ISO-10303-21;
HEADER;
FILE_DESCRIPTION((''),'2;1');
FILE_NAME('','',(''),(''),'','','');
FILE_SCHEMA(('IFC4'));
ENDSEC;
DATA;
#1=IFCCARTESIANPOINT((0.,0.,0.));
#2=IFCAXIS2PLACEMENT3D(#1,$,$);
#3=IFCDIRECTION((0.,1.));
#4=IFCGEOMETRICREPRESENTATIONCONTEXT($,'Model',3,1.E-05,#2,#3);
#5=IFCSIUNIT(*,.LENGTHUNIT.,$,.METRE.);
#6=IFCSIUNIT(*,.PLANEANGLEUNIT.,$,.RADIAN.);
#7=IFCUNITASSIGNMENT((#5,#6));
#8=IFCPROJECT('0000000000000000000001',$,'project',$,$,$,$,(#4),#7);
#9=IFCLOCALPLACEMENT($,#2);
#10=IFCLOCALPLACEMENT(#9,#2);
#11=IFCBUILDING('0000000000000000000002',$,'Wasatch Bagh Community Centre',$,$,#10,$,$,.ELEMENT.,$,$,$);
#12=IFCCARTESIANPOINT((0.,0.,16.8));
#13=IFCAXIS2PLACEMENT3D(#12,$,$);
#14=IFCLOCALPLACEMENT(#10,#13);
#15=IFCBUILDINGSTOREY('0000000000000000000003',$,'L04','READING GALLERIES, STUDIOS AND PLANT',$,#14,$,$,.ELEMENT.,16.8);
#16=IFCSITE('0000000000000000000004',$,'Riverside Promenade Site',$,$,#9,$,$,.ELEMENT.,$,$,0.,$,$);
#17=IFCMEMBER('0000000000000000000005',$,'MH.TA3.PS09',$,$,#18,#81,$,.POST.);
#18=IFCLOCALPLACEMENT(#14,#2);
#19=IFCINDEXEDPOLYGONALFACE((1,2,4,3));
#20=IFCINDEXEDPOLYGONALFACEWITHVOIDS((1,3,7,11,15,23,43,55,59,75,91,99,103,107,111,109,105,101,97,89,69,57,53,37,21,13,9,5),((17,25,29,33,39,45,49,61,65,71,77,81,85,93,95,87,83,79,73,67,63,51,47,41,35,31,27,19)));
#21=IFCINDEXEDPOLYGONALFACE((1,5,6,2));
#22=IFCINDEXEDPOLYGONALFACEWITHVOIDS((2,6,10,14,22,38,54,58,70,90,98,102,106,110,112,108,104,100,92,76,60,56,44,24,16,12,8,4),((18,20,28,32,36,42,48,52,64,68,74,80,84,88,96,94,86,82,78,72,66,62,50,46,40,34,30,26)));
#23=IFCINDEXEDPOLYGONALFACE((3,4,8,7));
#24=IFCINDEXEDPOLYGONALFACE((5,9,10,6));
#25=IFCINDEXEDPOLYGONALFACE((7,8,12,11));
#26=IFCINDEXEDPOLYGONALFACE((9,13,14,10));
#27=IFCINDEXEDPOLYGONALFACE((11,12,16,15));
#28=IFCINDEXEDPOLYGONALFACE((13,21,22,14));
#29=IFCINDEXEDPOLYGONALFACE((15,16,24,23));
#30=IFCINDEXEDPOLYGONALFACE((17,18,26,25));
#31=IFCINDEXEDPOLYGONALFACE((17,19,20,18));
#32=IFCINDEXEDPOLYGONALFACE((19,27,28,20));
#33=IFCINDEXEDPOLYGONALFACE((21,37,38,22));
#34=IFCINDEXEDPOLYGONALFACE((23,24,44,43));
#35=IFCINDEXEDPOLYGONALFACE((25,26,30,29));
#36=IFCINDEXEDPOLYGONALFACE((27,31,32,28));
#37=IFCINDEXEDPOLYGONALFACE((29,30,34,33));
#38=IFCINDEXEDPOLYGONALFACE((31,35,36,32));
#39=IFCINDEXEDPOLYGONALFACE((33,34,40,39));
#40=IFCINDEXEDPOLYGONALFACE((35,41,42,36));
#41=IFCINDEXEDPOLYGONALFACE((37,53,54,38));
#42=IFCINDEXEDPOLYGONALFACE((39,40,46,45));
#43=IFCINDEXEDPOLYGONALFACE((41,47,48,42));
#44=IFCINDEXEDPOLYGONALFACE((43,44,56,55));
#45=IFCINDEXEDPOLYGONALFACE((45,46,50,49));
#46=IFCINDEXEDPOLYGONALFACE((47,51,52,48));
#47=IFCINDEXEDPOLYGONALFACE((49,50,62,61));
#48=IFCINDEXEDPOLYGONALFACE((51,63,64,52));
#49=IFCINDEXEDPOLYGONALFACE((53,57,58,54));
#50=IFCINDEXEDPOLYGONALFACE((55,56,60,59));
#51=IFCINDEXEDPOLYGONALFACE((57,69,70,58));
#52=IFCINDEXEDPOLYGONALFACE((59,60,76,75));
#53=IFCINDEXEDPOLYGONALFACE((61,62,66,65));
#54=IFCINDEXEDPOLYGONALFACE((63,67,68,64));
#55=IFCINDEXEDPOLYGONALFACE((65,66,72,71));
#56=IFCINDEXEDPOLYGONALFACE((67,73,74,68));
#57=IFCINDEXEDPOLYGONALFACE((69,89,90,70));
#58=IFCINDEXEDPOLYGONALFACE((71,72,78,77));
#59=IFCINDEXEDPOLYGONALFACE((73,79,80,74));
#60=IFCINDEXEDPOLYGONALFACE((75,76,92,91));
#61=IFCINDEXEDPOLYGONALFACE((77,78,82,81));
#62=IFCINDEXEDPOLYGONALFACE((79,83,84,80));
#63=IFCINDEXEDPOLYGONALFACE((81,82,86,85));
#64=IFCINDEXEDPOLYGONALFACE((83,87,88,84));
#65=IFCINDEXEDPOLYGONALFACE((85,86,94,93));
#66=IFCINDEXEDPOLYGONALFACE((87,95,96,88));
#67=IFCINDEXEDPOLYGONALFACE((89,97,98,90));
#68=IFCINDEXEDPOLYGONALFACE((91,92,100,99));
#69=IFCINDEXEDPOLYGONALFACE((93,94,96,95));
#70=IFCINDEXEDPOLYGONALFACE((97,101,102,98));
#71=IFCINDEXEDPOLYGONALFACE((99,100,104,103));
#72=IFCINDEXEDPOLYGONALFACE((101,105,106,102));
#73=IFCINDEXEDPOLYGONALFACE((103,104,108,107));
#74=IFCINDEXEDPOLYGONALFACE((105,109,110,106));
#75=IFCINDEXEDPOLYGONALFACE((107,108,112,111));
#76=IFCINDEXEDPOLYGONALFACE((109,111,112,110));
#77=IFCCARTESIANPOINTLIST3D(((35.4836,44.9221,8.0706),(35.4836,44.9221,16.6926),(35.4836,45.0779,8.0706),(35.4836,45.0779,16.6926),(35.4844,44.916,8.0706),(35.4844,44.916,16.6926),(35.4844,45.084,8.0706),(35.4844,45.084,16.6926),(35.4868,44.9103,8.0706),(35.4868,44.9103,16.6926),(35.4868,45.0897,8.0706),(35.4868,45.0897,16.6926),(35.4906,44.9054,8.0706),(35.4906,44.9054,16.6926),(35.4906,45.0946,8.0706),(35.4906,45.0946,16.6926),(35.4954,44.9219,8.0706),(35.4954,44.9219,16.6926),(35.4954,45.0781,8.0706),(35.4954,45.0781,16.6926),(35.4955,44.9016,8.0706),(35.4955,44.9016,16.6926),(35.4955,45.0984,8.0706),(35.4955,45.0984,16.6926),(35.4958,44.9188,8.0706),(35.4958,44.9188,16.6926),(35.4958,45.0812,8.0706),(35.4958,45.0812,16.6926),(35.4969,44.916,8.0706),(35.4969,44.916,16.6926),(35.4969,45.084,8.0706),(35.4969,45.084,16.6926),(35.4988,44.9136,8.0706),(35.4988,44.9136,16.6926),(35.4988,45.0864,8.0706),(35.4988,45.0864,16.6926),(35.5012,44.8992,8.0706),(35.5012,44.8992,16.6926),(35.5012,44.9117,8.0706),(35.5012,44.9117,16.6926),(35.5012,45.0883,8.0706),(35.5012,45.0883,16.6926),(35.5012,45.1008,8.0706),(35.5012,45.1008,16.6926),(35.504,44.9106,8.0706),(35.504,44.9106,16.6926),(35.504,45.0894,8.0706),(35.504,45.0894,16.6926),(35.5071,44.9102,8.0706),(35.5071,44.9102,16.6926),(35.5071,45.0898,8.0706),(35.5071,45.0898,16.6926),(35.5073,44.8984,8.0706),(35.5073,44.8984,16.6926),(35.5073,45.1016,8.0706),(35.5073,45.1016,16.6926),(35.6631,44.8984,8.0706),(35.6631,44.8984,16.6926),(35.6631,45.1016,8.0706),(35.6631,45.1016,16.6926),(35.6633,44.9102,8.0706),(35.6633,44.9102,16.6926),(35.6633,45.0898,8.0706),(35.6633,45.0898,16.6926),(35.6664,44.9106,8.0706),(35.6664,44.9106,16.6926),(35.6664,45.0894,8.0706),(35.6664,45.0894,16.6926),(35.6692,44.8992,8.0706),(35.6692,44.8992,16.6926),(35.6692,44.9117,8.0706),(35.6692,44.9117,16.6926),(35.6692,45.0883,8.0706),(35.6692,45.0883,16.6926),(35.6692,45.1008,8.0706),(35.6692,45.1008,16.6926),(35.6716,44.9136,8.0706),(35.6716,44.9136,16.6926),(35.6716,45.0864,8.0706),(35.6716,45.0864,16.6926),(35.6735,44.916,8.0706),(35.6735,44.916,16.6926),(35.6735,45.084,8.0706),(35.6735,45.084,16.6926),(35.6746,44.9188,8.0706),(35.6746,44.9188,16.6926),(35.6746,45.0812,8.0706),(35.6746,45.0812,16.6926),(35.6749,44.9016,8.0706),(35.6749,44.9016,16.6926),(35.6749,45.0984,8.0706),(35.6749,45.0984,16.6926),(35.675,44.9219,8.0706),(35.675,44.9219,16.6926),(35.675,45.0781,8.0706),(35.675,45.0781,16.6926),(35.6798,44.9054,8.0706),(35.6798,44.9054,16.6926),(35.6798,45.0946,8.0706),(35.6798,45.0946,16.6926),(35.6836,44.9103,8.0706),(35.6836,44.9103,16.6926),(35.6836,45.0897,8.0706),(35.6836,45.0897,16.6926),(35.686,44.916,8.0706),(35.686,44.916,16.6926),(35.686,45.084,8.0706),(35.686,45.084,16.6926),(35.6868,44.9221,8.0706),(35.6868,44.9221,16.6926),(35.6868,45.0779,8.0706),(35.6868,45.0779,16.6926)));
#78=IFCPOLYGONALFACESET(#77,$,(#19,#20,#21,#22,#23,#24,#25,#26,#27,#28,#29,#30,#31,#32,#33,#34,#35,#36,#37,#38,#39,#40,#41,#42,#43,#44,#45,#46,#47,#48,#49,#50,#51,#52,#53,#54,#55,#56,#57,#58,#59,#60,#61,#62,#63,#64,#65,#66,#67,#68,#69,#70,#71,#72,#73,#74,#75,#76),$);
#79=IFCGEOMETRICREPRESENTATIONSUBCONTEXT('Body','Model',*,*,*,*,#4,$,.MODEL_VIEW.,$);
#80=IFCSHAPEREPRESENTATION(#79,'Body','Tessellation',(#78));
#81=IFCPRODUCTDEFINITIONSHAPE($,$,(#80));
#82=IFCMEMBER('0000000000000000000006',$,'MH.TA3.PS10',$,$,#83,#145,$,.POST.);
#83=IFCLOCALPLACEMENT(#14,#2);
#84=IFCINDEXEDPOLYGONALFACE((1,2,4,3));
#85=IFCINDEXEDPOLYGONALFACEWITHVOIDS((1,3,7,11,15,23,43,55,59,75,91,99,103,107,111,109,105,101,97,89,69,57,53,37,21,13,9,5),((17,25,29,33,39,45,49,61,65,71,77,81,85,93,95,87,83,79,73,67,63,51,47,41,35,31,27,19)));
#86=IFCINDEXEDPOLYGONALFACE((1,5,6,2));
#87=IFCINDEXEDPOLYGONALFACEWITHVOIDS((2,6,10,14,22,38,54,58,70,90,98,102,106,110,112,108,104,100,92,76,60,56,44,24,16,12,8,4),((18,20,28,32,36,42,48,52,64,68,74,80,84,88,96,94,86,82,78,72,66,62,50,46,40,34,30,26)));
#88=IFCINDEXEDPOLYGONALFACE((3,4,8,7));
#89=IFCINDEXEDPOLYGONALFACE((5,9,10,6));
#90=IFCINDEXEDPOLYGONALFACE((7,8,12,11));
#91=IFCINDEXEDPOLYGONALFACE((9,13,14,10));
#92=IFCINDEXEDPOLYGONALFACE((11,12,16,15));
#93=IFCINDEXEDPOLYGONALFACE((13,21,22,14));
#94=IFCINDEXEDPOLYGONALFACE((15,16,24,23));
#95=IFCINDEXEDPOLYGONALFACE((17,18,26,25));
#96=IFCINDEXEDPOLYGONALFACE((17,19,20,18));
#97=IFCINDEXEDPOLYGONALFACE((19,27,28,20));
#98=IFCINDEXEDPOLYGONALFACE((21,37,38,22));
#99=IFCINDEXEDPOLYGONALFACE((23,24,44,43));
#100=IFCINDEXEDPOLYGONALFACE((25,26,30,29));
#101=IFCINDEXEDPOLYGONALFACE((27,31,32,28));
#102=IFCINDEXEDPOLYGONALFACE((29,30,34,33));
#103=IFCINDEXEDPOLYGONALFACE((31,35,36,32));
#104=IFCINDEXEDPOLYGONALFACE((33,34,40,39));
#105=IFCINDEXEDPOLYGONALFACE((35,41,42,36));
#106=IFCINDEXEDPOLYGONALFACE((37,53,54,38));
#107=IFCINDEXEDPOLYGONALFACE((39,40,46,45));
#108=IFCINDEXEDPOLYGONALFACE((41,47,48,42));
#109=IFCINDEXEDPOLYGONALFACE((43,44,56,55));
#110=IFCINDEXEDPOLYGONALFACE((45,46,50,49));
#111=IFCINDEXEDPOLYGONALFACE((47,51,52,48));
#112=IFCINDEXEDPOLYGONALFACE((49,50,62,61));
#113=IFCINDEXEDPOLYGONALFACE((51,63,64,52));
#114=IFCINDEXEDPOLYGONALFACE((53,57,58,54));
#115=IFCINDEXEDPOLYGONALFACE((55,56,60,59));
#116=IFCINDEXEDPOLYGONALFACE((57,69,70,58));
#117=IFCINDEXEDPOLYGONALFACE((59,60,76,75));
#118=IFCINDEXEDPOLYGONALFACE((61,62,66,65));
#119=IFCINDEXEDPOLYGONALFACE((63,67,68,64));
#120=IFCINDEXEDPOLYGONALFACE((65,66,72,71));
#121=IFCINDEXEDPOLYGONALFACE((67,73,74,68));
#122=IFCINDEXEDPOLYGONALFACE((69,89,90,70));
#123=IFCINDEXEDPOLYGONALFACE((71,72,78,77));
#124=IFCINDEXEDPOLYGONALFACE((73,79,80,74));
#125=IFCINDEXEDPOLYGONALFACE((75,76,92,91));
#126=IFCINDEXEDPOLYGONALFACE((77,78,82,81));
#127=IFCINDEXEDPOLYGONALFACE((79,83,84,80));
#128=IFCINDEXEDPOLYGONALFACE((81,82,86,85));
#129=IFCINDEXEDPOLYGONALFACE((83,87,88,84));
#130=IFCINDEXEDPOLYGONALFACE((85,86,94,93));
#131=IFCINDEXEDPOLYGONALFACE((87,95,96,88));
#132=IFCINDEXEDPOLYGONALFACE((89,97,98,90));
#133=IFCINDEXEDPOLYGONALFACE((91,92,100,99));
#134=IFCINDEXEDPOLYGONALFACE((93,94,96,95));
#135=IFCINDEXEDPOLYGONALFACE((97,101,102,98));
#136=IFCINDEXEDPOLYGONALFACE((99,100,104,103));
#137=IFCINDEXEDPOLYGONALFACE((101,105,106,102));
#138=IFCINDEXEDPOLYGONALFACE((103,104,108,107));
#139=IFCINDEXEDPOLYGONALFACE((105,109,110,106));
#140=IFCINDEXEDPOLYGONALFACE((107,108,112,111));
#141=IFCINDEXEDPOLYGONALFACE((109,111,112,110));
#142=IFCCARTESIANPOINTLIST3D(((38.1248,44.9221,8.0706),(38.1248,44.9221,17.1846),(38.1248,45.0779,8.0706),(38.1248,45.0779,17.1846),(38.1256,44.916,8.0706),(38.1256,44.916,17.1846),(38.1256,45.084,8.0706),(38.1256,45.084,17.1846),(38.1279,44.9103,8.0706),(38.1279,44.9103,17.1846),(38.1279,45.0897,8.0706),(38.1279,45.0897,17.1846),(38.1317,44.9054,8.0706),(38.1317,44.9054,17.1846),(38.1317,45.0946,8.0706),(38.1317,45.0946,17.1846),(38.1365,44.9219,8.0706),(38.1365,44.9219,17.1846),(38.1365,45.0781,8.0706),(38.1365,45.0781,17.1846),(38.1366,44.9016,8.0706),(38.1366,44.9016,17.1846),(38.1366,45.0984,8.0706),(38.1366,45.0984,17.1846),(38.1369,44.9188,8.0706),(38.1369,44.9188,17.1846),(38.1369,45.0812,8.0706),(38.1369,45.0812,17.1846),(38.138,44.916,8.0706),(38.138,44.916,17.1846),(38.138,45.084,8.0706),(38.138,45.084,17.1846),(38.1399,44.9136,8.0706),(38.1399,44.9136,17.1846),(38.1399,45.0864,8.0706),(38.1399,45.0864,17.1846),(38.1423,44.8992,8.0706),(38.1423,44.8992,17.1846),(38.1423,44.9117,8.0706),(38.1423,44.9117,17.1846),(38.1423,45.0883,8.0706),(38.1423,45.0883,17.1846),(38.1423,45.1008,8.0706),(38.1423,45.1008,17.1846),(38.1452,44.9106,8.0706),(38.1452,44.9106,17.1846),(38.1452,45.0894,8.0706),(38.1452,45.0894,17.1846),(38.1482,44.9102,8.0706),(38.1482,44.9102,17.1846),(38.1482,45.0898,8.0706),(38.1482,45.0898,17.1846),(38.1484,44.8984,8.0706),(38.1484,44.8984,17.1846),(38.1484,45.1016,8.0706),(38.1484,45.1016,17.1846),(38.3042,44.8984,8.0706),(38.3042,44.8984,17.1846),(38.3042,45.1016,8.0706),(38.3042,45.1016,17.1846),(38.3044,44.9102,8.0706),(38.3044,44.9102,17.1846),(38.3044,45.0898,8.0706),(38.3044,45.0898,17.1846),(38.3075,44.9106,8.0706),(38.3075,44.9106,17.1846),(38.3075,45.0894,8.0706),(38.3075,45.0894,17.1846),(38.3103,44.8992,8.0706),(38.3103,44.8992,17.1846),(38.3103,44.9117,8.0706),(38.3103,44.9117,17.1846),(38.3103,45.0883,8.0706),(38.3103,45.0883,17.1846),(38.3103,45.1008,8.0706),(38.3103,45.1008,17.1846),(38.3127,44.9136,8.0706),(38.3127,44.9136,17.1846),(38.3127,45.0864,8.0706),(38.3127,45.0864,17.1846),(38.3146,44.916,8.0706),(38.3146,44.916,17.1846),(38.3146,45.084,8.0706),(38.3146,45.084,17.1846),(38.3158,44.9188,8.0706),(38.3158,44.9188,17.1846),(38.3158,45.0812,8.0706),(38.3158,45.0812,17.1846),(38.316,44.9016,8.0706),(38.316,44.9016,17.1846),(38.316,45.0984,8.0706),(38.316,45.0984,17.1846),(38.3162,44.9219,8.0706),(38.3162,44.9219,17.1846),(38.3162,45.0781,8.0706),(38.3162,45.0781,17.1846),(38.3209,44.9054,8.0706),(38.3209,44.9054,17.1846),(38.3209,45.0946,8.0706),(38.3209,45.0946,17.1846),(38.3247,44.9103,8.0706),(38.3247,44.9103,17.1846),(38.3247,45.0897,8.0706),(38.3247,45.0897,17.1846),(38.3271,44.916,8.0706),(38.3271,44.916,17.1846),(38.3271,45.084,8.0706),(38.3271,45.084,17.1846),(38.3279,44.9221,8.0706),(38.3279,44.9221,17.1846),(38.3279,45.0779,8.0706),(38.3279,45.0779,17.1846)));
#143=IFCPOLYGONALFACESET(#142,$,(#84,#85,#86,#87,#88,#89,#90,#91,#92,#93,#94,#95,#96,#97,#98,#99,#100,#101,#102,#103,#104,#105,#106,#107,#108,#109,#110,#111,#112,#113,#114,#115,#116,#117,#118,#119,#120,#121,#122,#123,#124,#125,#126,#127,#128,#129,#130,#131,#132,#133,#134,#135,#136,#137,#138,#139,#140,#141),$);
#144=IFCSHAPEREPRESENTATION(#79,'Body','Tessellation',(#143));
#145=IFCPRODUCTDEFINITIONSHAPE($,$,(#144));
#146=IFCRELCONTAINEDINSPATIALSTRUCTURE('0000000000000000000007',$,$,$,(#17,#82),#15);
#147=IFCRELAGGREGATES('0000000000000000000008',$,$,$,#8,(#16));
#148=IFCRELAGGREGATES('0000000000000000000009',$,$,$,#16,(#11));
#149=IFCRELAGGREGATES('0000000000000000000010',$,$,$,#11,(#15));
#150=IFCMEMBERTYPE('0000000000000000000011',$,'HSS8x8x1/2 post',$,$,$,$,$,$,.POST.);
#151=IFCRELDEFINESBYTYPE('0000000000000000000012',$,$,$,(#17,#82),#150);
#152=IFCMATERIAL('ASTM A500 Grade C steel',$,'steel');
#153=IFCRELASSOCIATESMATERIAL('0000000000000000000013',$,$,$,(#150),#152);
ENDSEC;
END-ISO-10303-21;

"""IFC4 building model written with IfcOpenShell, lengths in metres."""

from ifc_helpers import new_model, si_unit, direction, frame, origin, origin_2d, place, context, subcontext, project, spatial, hollow_rectangle, extrude, material, material_profile, profile_set, type_object, element, save


model = new_model("IFC4")

# Units and contexts
model_context = context("Model", 3, precision=1e-05, world=origin(), true_north=direction((0.0, 1.0)))
body_context = subcontext(model_context, "Body", "Model", "MODEL_VIEW")
ifc_project = project(units=[si_unit("LENGTHUNIT", "METRE"), si_unit("PLANEANGLEUNIT", "RADIAN")], contexts=[model_context])

# Site, building, storey
site_placement = place(None, origin())
site = spatial("IfcSite", under=ifc_project, at=site_placement, Name="Riverside Promenade Site", CompositionType="ELEMENT", RefElevation=0.0)
building_placement = place(site_placement, origin())
building = spatial("IfcBuilding", under=site, at=building_placement, Name="Wasatch Bagh Community Centre", CompositionType="ELEMENT")
storey_placement = place(building_placement, frame((0.0, 0.0, 16.8)))
storey = spatial("IfcBuildingStorey", under=building, at=storey_placement, Name="L04", Description="READING GALLERIES, STUDIOS AND PLANT", CompositionType="ELEMENT", Elevation=16.8)

# Members
ifc_material_1 = material(Name="ASTM A500 Grade C steel", Category="steel")
ifc_material_profile_1 = material_profile(ifc_material_1, hollow_rectangle(XDim=0.2031, YDim=0.2031, WallThickness=0.0117, InnerFilletRadius=0.0117, OuterFilletRadius=0.0237, at=origin_2d()), Name="HSS8x8x1/2")
ifc_profile_set_1 = profile_set([ifc_material_profile_1], Name="ASTM A500 Grade C steel")
member_type_1 = type_object("IfcMemberType", Name="HSS8x8x1/2 post", PredefinedType="POST", material=ifc_profile_set_1)
member_1_placement = place(storey_placement, frame((35.5852, 45.0, 8.0706), z_axis=(0.0, 0.0, 1.0), x_axis=(1.0, 0.0, 0.0)))
element("IfcMember", 1, at=member_1_placement, inside=storey, type_object=member_type_1, Name="MH.TA3.PS09", PredefinedType="POST", context=body_context, shape_type="SweptSolid", body=[
    extrude(hollow_rectangle(XDim=0.2031, YDim=0.2031, WallThickness=0.0117, InnerFilletRadius=0.0117, OuterFilletRadius=0.0237, at=origin_2d()), origin(), (0.0, 0.0, 1.0), 8.6221),
])
member_2_placement = place(storey_placement, frame((38.2263, 45.0, 8.0706), z_axis=(0.0, 0.0, 1.0), x_axis=(1.0, 0.0, 0.0)))
element("IfcMember", 2, at=member_2_placement, inside=storey, type_object=member_type_1, Name="MH.TA3.PS10", PredefinedType="POST", context=body_context, shape_type="SweptSolid", body=[
    extrude(hollow_rectangle(XDim=0.2031, YDim=0.2031, WallThickness=0.0117, InnerFilletRadius=0.0117, OuterFilletRadius=0.0237, at=origin_2d()), origin(), (0.0, 0.0, 1.0), 9.114),
])

save(model, "model.ifc")
